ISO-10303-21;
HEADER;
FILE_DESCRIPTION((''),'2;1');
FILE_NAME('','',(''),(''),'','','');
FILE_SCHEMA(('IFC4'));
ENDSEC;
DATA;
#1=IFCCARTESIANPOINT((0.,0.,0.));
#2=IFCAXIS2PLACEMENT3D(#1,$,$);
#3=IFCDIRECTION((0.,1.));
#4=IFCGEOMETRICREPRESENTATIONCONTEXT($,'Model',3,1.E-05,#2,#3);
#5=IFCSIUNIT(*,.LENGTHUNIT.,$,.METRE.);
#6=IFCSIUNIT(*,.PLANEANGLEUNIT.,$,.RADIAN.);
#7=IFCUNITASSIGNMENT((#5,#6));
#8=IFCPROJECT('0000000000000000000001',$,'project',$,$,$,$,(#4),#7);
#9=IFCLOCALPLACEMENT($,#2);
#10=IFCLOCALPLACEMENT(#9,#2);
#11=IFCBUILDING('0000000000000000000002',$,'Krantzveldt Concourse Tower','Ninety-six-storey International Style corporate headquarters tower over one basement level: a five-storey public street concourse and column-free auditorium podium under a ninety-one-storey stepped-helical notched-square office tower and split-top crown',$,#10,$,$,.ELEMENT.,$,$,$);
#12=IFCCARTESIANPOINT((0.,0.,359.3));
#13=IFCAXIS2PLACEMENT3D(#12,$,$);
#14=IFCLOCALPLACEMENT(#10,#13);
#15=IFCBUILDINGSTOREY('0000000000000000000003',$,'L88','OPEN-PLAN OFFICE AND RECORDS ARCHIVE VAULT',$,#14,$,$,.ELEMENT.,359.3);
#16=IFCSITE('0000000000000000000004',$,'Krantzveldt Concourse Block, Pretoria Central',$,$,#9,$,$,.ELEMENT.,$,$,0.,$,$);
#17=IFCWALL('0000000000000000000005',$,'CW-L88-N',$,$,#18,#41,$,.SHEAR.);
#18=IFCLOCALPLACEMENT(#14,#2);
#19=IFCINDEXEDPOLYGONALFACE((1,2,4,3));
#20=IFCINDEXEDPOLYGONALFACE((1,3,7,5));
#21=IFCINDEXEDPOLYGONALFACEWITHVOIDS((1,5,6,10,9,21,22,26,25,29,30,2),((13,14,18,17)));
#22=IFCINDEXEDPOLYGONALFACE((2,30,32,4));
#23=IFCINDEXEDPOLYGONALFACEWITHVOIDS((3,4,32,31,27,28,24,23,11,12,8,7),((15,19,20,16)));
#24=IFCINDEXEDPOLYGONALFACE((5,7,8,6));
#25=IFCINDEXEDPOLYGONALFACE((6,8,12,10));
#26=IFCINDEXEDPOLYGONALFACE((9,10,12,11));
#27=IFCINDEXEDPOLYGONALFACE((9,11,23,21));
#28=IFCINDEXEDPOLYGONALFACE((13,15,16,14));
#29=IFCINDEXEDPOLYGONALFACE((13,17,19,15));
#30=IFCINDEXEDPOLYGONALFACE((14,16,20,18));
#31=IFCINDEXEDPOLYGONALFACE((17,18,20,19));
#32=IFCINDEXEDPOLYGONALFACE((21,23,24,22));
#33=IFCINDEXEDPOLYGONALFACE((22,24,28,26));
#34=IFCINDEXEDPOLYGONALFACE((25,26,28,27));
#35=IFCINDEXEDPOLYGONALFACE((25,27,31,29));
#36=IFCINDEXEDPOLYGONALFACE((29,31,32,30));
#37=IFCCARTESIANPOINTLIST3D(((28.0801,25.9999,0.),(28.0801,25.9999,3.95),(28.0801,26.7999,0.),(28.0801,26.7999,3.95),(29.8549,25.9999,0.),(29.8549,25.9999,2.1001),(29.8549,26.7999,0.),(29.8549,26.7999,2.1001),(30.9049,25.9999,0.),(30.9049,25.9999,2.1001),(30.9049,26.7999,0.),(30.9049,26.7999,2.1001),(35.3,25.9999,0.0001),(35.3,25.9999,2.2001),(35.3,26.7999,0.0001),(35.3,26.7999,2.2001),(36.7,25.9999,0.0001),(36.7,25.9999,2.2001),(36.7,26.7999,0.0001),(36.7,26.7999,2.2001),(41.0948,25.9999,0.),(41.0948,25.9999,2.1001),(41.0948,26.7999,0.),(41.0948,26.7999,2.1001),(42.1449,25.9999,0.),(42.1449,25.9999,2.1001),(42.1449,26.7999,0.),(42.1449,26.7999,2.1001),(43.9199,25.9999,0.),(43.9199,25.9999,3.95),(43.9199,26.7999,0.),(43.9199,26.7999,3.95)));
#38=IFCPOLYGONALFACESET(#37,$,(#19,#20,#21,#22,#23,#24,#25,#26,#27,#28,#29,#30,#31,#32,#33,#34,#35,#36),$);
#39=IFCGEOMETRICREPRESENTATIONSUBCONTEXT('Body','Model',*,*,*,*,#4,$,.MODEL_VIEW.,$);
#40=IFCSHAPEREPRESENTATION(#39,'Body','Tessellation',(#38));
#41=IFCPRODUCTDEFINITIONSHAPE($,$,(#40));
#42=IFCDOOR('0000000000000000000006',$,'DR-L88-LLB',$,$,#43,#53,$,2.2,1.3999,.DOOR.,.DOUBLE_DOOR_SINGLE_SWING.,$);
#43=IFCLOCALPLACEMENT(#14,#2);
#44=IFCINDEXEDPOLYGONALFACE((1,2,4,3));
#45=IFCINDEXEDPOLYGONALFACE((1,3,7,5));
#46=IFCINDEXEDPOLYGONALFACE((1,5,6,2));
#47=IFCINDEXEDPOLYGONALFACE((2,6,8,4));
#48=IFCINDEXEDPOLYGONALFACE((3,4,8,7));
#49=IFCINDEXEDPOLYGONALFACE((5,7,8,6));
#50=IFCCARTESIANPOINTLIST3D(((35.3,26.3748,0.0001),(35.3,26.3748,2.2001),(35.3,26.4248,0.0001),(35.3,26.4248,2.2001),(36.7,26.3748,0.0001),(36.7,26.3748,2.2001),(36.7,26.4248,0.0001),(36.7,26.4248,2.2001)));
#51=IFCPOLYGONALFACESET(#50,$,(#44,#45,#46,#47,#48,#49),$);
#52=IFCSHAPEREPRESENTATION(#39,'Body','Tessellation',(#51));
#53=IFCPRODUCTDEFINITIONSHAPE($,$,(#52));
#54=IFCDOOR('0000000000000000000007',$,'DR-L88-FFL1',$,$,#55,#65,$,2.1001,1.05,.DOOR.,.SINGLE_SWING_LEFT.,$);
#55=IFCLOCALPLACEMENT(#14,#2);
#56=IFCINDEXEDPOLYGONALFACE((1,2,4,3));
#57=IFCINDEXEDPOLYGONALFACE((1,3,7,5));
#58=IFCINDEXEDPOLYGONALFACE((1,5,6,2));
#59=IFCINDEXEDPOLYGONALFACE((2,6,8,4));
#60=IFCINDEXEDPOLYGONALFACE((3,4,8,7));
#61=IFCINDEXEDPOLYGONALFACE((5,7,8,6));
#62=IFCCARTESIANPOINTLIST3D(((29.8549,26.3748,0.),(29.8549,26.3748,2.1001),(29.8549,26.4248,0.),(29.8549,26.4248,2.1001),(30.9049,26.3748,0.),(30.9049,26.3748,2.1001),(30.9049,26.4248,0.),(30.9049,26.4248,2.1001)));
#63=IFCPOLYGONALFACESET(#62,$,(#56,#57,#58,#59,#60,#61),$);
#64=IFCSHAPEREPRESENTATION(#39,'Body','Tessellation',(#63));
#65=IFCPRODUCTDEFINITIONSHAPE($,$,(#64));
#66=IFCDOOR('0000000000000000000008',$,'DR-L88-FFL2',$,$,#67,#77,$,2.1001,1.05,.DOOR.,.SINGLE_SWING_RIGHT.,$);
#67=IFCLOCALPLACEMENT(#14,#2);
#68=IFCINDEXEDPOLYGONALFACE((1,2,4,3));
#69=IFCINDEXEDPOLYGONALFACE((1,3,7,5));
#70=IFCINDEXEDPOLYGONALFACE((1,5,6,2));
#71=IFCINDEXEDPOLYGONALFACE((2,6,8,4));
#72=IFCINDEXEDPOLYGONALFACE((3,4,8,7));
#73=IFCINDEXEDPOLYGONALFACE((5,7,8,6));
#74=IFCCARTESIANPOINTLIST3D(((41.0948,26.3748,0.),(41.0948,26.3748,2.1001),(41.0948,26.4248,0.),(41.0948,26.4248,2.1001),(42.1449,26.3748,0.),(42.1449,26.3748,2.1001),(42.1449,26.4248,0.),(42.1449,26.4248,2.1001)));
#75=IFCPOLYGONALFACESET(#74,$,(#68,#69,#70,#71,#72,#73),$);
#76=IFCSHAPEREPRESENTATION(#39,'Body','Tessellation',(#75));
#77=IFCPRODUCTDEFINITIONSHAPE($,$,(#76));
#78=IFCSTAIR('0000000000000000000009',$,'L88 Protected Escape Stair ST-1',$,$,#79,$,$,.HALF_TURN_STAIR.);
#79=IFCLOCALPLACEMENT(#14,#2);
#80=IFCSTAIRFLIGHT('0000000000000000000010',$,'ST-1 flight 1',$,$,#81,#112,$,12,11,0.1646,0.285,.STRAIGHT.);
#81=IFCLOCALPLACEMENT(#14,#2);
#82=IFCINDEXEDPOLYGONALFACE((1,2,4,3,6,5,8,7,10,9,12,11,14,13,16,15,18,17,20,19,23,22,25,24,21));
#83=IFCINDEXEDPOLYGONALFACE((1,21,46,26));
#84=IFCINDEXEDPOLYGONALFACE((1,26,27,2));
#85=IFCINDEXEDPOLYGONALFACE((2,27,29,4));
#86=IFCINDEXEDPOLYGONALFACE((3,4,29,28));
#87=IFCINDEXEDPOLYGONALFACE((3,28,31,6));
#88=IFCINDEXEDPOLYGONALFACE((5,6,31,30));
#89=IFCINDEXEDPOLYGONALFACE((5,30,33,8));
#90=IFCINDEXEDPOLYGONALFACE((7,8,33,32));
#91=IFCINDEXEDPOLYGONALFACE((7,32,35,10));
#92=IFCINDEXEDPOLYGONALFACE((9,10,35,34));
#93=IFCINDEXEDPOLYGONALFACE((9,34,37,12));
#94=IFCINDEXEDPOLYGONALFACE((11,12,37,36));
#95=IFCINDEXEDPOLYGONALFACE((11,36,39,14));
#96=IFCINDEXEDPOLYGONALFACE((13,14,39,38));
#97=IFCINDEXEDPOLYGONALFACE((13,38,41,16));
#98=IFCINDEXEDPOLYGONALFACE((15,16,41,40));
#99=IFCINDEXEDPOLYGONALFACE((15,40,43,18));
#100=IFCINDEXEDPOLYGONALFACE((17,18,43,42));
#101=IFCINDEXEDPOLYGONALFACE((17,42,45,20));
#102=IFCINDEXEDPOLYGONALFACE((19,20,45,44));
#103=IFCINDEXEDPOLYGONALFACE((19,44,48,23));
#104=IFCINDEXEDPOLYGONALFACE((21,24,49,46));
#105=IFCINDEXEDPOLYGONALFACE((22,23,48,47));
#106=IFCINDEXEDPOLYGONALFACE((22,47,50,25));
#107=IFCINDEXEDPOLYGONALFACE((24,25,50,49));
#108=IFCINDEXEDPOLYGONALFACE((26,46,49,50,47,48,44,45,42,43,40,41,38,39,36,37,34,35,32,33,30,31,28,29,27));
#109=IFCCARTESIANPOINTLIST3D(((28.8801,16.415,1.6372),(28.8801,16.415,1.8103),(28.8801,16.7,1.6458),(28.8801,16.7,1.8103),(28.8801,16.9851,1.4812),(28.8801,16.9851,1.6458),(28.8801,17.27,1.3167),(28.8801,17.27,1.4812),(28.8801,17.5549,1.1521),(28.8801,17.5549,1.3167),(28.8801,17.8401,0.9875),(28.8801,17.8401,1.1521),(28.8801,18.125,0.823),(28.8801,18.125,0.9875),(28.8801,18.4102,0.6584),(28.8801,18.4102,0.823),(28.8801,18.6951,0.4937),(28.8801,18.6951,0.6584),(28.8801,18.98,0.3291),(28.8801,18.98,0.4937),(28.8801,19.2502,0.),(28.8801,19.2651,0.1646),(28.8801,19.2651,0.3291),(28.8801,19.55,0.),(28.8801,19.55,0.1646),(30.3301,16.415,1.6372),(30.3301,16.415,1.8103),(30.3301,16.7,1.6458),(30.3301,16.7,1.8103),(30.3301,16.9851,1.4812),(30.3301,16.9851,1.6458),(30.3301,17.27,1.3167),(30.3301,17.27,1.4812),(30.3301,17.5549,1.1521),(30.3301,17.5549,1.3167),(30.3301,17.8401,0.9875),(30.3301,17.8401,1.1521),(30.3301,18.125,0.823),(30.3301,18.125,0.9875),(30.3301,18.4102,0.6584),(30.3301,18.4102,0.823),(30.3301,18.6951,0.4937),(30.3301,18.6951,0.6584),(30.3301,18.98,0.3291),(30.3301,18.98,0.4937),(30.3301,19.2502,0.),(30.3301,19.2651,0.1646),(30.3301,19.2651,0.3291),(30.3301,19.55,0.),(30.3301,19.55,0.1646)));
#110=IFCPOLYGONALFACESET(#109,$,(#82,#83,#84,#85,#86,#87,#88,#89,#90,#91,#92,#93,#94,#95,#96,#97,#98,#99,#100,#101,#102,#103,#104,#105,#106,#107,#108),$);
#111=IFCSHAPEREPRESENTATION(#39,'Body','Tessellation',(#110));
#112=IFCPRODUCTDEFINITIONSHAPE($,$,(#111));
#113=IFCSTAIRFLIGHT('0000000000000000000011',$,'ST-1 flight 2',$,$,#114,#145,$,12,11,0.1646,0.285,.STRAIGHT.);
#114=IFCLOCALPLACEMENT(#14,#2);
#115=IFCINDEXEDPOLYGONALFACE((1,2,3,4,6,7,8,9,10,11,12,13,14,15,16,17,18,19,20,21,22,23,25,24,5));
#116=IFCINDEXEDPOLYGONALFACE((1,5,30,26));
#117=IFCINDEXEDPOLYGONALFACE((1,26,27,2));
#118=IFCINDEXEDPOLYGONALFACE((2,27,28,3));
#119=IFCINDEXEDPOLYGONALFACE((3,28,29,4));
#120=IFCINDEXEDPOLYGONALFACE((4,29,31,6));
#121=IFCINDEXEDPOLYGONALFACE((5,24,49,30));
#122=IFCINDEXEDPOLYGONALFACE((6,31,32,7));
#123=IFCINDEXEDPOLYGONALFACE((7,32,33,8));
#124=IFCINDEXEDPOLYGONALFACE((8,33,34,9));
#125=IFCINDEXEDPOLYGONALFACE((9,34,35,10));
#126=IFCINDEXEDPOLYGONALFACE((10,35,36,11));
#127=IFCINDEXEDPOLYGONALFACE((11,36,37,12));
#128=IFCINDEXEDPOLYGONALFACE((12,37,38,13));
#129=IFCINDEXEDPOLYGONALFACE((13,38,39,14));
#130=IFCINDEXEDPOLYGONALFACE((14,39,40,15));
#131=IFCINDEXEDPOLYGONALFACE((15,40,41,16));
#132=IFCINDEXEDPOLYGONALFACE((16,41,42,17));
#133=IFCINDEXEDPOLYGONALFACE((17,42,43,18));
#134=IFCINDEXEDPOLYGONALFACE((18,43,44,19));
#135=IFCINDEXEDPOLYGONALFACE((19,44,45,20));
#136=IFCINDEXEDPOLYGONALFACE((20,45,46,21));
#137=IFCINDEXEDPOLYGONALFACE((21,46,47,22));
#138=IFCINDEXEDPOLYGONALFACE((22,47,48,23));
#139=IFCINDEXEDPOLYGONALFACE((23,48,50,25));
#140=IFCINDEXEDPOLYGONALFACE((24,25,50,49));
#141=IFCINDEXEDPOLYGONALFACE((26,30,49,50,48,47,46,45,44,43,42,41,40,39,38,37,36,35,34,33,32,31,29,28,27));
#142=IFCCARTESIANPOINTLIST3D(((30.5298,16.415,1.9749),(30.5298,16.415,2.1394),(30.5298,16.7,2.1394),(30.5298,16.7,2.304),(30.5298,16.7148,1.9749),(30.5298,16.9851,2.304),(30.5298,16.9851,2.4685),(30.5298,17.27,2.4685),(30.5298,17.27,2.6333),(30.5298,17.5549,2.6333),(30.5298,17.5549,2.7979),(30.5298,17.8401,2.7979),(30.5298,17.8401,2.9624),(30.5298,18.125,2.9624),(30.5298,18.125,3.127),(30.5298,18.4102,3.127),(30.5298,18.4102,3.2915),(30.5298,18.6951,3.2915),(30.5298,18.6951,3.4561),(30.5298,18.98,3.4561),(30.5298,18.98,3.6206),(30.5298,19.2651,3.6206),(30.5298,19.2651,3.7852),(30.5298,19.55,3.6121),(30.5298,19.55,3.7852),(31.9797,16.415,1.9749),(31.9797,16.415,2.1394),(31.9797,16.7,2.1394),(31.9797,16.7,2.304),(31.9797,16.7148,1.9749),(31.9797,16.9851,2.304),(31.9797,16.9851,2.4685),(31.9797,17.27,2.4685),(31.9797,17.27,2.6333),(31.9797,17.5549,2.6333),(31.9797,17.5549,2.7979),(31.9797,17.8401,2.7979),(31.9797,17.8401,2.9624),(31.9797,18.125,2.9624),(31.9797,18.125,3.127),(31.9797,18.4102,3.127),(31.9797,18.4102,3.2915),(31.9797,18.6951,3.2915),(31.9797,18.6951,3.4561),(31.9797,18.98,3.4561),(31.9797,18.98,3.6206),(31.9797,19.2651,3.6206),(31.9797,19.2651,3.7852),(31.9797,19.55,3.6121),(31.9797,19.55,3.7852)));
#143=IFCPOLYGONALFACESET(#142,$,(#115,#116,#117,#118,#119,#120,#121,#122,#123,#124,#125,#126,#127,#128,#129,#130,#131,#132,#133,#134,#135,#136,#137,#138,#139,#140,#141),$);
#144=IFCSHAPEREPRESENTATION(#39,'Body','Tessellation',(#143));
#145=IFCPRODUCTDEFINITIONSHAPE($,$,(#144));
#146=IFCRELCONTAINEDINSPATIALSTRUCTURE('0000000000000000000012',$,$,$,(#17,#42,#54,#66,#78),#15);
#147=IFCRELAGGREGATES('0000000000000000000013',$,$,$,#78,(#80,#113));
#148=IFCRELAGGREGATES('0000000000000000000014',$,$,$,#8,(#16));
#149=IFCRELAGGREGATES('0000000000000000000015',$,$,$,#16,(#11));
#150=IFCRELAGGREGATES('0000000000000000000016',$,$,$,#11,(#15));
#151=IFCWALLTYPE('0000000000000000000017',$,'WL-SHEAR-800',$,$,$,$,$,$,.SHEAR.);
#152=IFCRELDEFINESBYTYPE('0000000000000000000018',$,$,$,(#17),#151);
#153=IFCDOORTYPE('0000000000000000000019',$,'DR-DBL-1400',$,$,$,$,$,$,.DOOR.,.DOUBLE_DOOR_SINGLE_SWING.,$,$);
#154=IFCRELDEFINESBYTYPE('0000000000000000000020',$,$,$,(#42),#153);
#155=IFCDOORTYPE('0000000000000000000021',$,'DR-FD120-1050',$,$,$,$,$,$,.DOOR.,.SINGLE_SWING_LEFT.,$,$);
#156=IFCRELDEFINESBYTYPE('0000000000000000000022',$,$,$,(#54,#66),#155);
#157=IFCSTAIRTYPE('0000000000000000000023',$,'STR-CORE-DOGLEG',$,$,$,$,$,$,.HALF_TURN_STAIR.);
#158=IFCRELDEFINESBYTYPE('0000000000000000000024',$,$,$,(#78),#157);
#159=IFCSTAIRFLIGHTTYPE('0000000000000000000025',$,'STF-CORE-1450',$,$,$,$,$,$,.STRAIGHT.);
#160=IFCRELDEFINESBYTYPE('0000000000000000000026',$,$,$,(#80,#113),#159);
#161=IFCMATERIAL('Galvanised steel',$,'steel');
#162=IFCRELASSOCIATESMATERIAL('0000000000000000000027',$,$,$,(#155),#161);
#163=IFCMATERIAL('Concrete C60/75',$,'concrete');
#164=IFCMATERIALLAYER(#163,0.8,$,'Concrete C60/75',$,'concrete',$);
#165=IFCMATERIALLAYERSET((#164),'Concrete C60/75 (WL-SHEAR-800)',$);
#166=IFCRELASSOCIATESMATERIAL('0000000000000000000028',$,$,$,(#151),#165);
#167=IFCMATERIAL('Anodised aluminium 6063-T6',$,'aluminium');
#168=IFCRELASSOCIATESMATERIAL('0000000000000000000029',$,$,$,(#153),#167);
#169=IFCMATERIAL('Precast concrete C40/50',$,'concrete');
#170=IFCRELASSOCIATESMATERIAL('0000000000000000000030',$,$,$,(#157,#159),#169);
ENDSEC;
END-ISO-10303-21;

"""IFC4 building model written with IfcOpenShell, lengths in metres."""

from ifc_helpers import new_model, si_unit, direction, frame, frame_2d, origin, place, context, subcontext, project, spatial, polyline, rectangle, outline, extrude, material, layer, layer_set, type_object, element, fill, aggregate, save


model = new_model("IFC4")

# Units and contexts
model_context = context("Model", 3, precision=1e-05, world=origin(), true_north=direction((0.0, 1.0)))
body_context = subcontext(model_context, "Body", "Model", "MODEL_VIEW")
ifc_project = project(units=[si_unit("LENGTHUNIT", "METRE"), si_unit("PLANEANGLEUNIT", "RADIAN")], contexts=[model_context])

# Site, building, storey
site_placement = place(None, origin())
site = spatial("IfcSite", under=ifc_project, at=site_placement, Name="Krantzveldt Concourse Block, Pretoria Central", CompositionType="ELEMENT", RefElevation=0.0)
building_placement = place(site_placement, origin())
building = spatial("IfcBuilding", under=site, at=building_placement, Name="Krantzveldt Concourse Tower", Description="Ninety-six-storey International Style corporate headquarters tower over one basement level: a five-storey public street concourse and column-free auditorium podium under a ninety-one-storey stepped-helical notched-square office tower and split-top crown", CompositionType="ELEMENT")
storey_placement = place(building_placement, frame((0.0, 0.0, 359.3)))
storey = spatial("IfcBuildingStorey", under=building, at=storey_placement, Name="L88", Description="OPEN-PLAN OFFICE AND RECORDS ARCHIVE VAULT", CompositionType="ELEMENT", Elevation=359.3)

# Shared definitions
ifc_material_1 = material(Name="Galvanised steel", Category="steel")
door_type_1 = type_object("IfcDoorType", Name="DR-FD120-1050", OperationType="SINGLE_SWING_LEFT", PredefinedType="DOOR", material=ifc_material_1)

# Wall, openings, doors
ifc_material_2 = material(Name="Concrete C60/75", Category="concrete")
ifc_layer_1 = layer(ifc_material_2, 0.8, Name="Concrete C60/75", Category="concrete")
ifc_layer_set_1 = layer_set([ifc_layer_1], Name="Concrete C60/75 (WL-SHEAR-800)")
wall_type_1 = type_object("IfcWallType", Name="WL-SHEAR-800", PredefinedType="SHEAR", material=ifc_layer_set_1)
wall_1_placement = place(storey_placement, frame((28.0801, 26.3999, 0.0), z_axis=(0.0, 0.0, 1.0), x_axis=(1.0, 0.0, 0.0)))
wall_1 = element("IfcWall", 1, at=wall_1_placement, inside=storey, type_object=wall_type_1, Name="CW-L88-N", PredefinedType="SHEAR", context=body_context, shape_type="SweptSolid", body=[
    extrude(rectangle(XDim=15.8398, YDim=0.8, at=frame_2d((7.9199, 0.0))), origin(), (0.0, 0.0, 1.0), 3.95),
])
opening_1_placement = place(wall_1_placement, frame((7.22, 0.0, 0.0)))
opening_1 = element("IfcOpeningElement", 2, at=opening_1_placement, cuts=wall_1, PredefinedType="OPENING", context=body_context, shape_type="SweptSolid", body=[
    extrude(rectangle(XDim=1.3999, YDim=2.2, at=frame_2d((0.7, 1.1001))), frame((0.0, 0.4102, 0.0), z_axis=(0.0, -1.0, 0.0), x_axis=(1.0, 0.0, 0.0)), (0.0, 0.0, 1.0), 0.8201),
])
opening_2_placement = place(wall_1_placement, frame((1.7749, 0.0, 0.0)))
opening_2 = element("IfcOpeningElement", 3, at=opening_2_placement, cuts=wall_1, PredefinedType="OPENING", context=body_context, shape_type="SweptSolid", body=[
    extrude(rectangle(XDim=1.05, YDim=2.1001, at=frame_2d((0.5249, 1.05))), frame((0.0, 0.4102, 0.0), z_axis=(0.0, -1.0, 0.0), x_axis=(1.0, 0.0, 0.0)), (0.0, 0.0, 1.0), 0.8201),
])
opening_3_placement = place(wall_1_placement, frame((13.0149, 0.0, 0.0)))
opening_3 = element("IfcOpeningElement", 4, at=opening_3_placement, cuts=wall_1, PredefinedType="OPENING", context=body_context, shape_type="SweptSolid", body=[
    extrude(rectangle(XDim=1.05, YDim=2.1001, at=frame_2d((0.5249, 1.05))), frame((0.0, 0.4102, 0.0), z_axis=(0.0, -1.0, 0.0), x_axis=(1.0, 0.0, 0.0)), (0.0, 0.0, 1.0), 0.8201),
])
ifc_material_3 = material(Name="Anodised aluminium 6063-T6", Category="aluminium")
door_type_2 = type_object("IfcDoorType", Name="DR-DBL-1400", OperationType="DOUBLE_DOOR_SINGLE_SWING", PredefinedType="DOOR", material=ifc_material_3)
door_1_placement = place(opening_1_placement, origin())
door_1 = element("IfcDoor", 5, at=door_1_placement, inside=storey, type_object=door_type_2, Name="DR-L88-LLB", OperationType="DOUBLE_DOOR_SINGLE_SWING", OverallHeight=2.2, OverallWidth=1.3999, PredefinedType="DOOR", context=body_context, shape_type="SweptSolid", body=[
    extrude(rectangle(XDim=1.3999, YDim=2.2, at=frame_2d((0.7, 1.1001))), frame((0.0, 0.0249, 0.0), z_axis=(0.0, -1.0, 0.0), x_axis=(1.0, 0.0, 0.0)), (0.0, 0.0, 1.0), 0.05),
])
fill(opening_1, door_1)
door_2_placement = place(opening_2_placement, origin())
door_2 = element("IfcDoor", 6, at=door_2_placement, inside=storey, type_object=door_type_1, Name="DR-L88-FFL1", OperationType="SINGLE_SWING_LEFT", OverallHeight=2.1001, OverallWidth=1.05, PredefinedType="DOOR", context=body_context, shape_type="SweptSolid", body=[
    extrude(rectangle(XDim=1.05, YDim=2.1001, at=frame_2d((0.5249, 1.05))), frame((0.0, 0.0249, 0.0), z_axis=(0.0, -1.0, 0.0), x_axis=(1.0, 0.0, 0.0)), (0.0, 0.0, 1.0), 0.05),
])
fill(opening_2, door_2)
door_3_placement = place(opening_3_placement, origin())
door_3 = element("IfcDoor", 7, at=door_3_placement, inside=storey, type_object=door_type_1, Name="DR-L88-FFL2", OperationType="SINGLE_SWING_RIGHT", OverallHeight=2.1001, OverallWidth=1.05, PredefinedType="DOOR", context=body_context, shape_type="SweptSolid", body=[
    extrude(rectangle(XDim=1.05, YDim=2.1001, at=frame_2d((0.5249, 1.05))), frame((0.0, 0.0249, 0.0), z_axis=(0.0, -1.0, 0.0), x_axis=(1.0, 0.0, 0.0)), (0.0, 0.0, 1.0), 0.05),
])
fill(opening_3, door_3)

# Stair, stair flights
ifc_material_4 = material(Name="Precast concrete C40/50", Category="concrete")
stair_type = type_object("IfcStairType", Name="STR-CORE-DOGLEG", PredefinedType="HALF_TURN_STAIR", material=ifc_material_4)
stair_placement = place(storey_placement, origin())
stair = element("IfcStair", 8, at=stair_placement, inside=storey, type_object=stair_type, Name="L88 Protected Escape Stair ST-1", PredefinedType="HALF_TURN_STAIR")
stair_flight_type = type_object("IfcStairFlightType", Name="STF-CORE-1450", PredefinedType="STRAIGHT", material=ifc_material_4)
stair_flight_1_placement = place(storey_placement, frame((29.605, 19.55, 0.0), z_axis=(0.0, 0.0, 1.0), x_axis=(0.0, -1.0, 0.0)))
stair_flight_1 = element("IfcStairFlight", 9, at=stair_flight_1_placement, type_object=stair_flight_type, Name="ST-1 flight 1", NumberOfRisers=12, NumberOfTreads=11, PredefinedType="STRAIGHT", RiserHeight=0.1646, TreadLength=0.285, context=body_context, shape_type="SweptSolid", body=[
    extrude(outline(polyline([(0.0, 0.0), (0.0, 0.1646), (0.2849, 0.1646), (0.2849, 0.3291), (0.5701, 0.3291), (0.5701, 0.4937), (0.855, 0.4937), (0.855, 0.6584), (1.1399, 0.6584), (1.1399, 0.823), (1.425, 0.823), (1.425, 0.9875), (1.71, 0.9875), (1.71, 1.1521), (1.9951, 1.1521), (1.9951, 1.3167), (2.28, 1.3167), (2.28, 1.4812), (2.5649, 1.4812), (2.5649, 1.6458), (2.8501, 1.6458), (2.8501, 1.8103), (3.135, 1.8103), (3.135, 1.9751), (3.135, 1.6372), (0.2998, 0.0), (0.0, 0.0)])), frame((0.0, 0.7251, 0.0), z_axis=(0.0, -1.0, 0.0), x_axis=(1.0, 0.0, 0.0)), (0.0, 0.0, 1.0), 1.45),
])
stair_flight_2_placement = place(storey_placement, frame((31.2549, 16.415, 1.9749), z_axis=(0.0, 0.0, 1.0), x_axis=(0.0, 1.0, 0.0)))
stair_flight_2 = element("IfcStairFlight", 10, at=stair_flight_2_placement, type_object=stair_flight_type, Name="ST-1 flight 2", NumberOfRisers=12, NumberOfTreads=11, PredefinedType="STRAIGHT", RiserHeight=0.1646, TreadLength=0.285, context=body_context, shape_type="SweptSolid", body=[
    extrude(outline(polyline([(0.0, 0.0), (0.0, 0.1646), (0.2849, 0.1646), (0.2849, 0.3291), (0.5701, 0.3291), (0.5701, 0.4937), (0.855, 0.4937), (0.855, 0.6584), (1.1399, 0.6584), (1.1399, 0.823), (1.425, 0.823), (1.425, 0.9875), (1.71, 0.9875), (1.71, 1.1521), (1.9951, 1.1521), (1.9951, 1.3167), (2.28, 1.3167), (2.28, 1.4812), (2.5649, 1.4812), (2.5649, 1.6458), (2.8501, 1.6458), (2.8501, 1.8103), (3.135, 1.8103), (3.135, 1.9751), (3.135, 1.6372), (0.2998, 0.0), (0.0, 0.0)])), frame((0.0, 0.7251, 0.0), z_axis=(0.0, -1.0, 0.0), x_axis=(1.0, 0.0, 0.0)), (0.0, 0.0, 1.0), 1.45),
])
aggregate(stair, [stair_flight_1, stair_flight_2])

save(model, "model.ifc")
